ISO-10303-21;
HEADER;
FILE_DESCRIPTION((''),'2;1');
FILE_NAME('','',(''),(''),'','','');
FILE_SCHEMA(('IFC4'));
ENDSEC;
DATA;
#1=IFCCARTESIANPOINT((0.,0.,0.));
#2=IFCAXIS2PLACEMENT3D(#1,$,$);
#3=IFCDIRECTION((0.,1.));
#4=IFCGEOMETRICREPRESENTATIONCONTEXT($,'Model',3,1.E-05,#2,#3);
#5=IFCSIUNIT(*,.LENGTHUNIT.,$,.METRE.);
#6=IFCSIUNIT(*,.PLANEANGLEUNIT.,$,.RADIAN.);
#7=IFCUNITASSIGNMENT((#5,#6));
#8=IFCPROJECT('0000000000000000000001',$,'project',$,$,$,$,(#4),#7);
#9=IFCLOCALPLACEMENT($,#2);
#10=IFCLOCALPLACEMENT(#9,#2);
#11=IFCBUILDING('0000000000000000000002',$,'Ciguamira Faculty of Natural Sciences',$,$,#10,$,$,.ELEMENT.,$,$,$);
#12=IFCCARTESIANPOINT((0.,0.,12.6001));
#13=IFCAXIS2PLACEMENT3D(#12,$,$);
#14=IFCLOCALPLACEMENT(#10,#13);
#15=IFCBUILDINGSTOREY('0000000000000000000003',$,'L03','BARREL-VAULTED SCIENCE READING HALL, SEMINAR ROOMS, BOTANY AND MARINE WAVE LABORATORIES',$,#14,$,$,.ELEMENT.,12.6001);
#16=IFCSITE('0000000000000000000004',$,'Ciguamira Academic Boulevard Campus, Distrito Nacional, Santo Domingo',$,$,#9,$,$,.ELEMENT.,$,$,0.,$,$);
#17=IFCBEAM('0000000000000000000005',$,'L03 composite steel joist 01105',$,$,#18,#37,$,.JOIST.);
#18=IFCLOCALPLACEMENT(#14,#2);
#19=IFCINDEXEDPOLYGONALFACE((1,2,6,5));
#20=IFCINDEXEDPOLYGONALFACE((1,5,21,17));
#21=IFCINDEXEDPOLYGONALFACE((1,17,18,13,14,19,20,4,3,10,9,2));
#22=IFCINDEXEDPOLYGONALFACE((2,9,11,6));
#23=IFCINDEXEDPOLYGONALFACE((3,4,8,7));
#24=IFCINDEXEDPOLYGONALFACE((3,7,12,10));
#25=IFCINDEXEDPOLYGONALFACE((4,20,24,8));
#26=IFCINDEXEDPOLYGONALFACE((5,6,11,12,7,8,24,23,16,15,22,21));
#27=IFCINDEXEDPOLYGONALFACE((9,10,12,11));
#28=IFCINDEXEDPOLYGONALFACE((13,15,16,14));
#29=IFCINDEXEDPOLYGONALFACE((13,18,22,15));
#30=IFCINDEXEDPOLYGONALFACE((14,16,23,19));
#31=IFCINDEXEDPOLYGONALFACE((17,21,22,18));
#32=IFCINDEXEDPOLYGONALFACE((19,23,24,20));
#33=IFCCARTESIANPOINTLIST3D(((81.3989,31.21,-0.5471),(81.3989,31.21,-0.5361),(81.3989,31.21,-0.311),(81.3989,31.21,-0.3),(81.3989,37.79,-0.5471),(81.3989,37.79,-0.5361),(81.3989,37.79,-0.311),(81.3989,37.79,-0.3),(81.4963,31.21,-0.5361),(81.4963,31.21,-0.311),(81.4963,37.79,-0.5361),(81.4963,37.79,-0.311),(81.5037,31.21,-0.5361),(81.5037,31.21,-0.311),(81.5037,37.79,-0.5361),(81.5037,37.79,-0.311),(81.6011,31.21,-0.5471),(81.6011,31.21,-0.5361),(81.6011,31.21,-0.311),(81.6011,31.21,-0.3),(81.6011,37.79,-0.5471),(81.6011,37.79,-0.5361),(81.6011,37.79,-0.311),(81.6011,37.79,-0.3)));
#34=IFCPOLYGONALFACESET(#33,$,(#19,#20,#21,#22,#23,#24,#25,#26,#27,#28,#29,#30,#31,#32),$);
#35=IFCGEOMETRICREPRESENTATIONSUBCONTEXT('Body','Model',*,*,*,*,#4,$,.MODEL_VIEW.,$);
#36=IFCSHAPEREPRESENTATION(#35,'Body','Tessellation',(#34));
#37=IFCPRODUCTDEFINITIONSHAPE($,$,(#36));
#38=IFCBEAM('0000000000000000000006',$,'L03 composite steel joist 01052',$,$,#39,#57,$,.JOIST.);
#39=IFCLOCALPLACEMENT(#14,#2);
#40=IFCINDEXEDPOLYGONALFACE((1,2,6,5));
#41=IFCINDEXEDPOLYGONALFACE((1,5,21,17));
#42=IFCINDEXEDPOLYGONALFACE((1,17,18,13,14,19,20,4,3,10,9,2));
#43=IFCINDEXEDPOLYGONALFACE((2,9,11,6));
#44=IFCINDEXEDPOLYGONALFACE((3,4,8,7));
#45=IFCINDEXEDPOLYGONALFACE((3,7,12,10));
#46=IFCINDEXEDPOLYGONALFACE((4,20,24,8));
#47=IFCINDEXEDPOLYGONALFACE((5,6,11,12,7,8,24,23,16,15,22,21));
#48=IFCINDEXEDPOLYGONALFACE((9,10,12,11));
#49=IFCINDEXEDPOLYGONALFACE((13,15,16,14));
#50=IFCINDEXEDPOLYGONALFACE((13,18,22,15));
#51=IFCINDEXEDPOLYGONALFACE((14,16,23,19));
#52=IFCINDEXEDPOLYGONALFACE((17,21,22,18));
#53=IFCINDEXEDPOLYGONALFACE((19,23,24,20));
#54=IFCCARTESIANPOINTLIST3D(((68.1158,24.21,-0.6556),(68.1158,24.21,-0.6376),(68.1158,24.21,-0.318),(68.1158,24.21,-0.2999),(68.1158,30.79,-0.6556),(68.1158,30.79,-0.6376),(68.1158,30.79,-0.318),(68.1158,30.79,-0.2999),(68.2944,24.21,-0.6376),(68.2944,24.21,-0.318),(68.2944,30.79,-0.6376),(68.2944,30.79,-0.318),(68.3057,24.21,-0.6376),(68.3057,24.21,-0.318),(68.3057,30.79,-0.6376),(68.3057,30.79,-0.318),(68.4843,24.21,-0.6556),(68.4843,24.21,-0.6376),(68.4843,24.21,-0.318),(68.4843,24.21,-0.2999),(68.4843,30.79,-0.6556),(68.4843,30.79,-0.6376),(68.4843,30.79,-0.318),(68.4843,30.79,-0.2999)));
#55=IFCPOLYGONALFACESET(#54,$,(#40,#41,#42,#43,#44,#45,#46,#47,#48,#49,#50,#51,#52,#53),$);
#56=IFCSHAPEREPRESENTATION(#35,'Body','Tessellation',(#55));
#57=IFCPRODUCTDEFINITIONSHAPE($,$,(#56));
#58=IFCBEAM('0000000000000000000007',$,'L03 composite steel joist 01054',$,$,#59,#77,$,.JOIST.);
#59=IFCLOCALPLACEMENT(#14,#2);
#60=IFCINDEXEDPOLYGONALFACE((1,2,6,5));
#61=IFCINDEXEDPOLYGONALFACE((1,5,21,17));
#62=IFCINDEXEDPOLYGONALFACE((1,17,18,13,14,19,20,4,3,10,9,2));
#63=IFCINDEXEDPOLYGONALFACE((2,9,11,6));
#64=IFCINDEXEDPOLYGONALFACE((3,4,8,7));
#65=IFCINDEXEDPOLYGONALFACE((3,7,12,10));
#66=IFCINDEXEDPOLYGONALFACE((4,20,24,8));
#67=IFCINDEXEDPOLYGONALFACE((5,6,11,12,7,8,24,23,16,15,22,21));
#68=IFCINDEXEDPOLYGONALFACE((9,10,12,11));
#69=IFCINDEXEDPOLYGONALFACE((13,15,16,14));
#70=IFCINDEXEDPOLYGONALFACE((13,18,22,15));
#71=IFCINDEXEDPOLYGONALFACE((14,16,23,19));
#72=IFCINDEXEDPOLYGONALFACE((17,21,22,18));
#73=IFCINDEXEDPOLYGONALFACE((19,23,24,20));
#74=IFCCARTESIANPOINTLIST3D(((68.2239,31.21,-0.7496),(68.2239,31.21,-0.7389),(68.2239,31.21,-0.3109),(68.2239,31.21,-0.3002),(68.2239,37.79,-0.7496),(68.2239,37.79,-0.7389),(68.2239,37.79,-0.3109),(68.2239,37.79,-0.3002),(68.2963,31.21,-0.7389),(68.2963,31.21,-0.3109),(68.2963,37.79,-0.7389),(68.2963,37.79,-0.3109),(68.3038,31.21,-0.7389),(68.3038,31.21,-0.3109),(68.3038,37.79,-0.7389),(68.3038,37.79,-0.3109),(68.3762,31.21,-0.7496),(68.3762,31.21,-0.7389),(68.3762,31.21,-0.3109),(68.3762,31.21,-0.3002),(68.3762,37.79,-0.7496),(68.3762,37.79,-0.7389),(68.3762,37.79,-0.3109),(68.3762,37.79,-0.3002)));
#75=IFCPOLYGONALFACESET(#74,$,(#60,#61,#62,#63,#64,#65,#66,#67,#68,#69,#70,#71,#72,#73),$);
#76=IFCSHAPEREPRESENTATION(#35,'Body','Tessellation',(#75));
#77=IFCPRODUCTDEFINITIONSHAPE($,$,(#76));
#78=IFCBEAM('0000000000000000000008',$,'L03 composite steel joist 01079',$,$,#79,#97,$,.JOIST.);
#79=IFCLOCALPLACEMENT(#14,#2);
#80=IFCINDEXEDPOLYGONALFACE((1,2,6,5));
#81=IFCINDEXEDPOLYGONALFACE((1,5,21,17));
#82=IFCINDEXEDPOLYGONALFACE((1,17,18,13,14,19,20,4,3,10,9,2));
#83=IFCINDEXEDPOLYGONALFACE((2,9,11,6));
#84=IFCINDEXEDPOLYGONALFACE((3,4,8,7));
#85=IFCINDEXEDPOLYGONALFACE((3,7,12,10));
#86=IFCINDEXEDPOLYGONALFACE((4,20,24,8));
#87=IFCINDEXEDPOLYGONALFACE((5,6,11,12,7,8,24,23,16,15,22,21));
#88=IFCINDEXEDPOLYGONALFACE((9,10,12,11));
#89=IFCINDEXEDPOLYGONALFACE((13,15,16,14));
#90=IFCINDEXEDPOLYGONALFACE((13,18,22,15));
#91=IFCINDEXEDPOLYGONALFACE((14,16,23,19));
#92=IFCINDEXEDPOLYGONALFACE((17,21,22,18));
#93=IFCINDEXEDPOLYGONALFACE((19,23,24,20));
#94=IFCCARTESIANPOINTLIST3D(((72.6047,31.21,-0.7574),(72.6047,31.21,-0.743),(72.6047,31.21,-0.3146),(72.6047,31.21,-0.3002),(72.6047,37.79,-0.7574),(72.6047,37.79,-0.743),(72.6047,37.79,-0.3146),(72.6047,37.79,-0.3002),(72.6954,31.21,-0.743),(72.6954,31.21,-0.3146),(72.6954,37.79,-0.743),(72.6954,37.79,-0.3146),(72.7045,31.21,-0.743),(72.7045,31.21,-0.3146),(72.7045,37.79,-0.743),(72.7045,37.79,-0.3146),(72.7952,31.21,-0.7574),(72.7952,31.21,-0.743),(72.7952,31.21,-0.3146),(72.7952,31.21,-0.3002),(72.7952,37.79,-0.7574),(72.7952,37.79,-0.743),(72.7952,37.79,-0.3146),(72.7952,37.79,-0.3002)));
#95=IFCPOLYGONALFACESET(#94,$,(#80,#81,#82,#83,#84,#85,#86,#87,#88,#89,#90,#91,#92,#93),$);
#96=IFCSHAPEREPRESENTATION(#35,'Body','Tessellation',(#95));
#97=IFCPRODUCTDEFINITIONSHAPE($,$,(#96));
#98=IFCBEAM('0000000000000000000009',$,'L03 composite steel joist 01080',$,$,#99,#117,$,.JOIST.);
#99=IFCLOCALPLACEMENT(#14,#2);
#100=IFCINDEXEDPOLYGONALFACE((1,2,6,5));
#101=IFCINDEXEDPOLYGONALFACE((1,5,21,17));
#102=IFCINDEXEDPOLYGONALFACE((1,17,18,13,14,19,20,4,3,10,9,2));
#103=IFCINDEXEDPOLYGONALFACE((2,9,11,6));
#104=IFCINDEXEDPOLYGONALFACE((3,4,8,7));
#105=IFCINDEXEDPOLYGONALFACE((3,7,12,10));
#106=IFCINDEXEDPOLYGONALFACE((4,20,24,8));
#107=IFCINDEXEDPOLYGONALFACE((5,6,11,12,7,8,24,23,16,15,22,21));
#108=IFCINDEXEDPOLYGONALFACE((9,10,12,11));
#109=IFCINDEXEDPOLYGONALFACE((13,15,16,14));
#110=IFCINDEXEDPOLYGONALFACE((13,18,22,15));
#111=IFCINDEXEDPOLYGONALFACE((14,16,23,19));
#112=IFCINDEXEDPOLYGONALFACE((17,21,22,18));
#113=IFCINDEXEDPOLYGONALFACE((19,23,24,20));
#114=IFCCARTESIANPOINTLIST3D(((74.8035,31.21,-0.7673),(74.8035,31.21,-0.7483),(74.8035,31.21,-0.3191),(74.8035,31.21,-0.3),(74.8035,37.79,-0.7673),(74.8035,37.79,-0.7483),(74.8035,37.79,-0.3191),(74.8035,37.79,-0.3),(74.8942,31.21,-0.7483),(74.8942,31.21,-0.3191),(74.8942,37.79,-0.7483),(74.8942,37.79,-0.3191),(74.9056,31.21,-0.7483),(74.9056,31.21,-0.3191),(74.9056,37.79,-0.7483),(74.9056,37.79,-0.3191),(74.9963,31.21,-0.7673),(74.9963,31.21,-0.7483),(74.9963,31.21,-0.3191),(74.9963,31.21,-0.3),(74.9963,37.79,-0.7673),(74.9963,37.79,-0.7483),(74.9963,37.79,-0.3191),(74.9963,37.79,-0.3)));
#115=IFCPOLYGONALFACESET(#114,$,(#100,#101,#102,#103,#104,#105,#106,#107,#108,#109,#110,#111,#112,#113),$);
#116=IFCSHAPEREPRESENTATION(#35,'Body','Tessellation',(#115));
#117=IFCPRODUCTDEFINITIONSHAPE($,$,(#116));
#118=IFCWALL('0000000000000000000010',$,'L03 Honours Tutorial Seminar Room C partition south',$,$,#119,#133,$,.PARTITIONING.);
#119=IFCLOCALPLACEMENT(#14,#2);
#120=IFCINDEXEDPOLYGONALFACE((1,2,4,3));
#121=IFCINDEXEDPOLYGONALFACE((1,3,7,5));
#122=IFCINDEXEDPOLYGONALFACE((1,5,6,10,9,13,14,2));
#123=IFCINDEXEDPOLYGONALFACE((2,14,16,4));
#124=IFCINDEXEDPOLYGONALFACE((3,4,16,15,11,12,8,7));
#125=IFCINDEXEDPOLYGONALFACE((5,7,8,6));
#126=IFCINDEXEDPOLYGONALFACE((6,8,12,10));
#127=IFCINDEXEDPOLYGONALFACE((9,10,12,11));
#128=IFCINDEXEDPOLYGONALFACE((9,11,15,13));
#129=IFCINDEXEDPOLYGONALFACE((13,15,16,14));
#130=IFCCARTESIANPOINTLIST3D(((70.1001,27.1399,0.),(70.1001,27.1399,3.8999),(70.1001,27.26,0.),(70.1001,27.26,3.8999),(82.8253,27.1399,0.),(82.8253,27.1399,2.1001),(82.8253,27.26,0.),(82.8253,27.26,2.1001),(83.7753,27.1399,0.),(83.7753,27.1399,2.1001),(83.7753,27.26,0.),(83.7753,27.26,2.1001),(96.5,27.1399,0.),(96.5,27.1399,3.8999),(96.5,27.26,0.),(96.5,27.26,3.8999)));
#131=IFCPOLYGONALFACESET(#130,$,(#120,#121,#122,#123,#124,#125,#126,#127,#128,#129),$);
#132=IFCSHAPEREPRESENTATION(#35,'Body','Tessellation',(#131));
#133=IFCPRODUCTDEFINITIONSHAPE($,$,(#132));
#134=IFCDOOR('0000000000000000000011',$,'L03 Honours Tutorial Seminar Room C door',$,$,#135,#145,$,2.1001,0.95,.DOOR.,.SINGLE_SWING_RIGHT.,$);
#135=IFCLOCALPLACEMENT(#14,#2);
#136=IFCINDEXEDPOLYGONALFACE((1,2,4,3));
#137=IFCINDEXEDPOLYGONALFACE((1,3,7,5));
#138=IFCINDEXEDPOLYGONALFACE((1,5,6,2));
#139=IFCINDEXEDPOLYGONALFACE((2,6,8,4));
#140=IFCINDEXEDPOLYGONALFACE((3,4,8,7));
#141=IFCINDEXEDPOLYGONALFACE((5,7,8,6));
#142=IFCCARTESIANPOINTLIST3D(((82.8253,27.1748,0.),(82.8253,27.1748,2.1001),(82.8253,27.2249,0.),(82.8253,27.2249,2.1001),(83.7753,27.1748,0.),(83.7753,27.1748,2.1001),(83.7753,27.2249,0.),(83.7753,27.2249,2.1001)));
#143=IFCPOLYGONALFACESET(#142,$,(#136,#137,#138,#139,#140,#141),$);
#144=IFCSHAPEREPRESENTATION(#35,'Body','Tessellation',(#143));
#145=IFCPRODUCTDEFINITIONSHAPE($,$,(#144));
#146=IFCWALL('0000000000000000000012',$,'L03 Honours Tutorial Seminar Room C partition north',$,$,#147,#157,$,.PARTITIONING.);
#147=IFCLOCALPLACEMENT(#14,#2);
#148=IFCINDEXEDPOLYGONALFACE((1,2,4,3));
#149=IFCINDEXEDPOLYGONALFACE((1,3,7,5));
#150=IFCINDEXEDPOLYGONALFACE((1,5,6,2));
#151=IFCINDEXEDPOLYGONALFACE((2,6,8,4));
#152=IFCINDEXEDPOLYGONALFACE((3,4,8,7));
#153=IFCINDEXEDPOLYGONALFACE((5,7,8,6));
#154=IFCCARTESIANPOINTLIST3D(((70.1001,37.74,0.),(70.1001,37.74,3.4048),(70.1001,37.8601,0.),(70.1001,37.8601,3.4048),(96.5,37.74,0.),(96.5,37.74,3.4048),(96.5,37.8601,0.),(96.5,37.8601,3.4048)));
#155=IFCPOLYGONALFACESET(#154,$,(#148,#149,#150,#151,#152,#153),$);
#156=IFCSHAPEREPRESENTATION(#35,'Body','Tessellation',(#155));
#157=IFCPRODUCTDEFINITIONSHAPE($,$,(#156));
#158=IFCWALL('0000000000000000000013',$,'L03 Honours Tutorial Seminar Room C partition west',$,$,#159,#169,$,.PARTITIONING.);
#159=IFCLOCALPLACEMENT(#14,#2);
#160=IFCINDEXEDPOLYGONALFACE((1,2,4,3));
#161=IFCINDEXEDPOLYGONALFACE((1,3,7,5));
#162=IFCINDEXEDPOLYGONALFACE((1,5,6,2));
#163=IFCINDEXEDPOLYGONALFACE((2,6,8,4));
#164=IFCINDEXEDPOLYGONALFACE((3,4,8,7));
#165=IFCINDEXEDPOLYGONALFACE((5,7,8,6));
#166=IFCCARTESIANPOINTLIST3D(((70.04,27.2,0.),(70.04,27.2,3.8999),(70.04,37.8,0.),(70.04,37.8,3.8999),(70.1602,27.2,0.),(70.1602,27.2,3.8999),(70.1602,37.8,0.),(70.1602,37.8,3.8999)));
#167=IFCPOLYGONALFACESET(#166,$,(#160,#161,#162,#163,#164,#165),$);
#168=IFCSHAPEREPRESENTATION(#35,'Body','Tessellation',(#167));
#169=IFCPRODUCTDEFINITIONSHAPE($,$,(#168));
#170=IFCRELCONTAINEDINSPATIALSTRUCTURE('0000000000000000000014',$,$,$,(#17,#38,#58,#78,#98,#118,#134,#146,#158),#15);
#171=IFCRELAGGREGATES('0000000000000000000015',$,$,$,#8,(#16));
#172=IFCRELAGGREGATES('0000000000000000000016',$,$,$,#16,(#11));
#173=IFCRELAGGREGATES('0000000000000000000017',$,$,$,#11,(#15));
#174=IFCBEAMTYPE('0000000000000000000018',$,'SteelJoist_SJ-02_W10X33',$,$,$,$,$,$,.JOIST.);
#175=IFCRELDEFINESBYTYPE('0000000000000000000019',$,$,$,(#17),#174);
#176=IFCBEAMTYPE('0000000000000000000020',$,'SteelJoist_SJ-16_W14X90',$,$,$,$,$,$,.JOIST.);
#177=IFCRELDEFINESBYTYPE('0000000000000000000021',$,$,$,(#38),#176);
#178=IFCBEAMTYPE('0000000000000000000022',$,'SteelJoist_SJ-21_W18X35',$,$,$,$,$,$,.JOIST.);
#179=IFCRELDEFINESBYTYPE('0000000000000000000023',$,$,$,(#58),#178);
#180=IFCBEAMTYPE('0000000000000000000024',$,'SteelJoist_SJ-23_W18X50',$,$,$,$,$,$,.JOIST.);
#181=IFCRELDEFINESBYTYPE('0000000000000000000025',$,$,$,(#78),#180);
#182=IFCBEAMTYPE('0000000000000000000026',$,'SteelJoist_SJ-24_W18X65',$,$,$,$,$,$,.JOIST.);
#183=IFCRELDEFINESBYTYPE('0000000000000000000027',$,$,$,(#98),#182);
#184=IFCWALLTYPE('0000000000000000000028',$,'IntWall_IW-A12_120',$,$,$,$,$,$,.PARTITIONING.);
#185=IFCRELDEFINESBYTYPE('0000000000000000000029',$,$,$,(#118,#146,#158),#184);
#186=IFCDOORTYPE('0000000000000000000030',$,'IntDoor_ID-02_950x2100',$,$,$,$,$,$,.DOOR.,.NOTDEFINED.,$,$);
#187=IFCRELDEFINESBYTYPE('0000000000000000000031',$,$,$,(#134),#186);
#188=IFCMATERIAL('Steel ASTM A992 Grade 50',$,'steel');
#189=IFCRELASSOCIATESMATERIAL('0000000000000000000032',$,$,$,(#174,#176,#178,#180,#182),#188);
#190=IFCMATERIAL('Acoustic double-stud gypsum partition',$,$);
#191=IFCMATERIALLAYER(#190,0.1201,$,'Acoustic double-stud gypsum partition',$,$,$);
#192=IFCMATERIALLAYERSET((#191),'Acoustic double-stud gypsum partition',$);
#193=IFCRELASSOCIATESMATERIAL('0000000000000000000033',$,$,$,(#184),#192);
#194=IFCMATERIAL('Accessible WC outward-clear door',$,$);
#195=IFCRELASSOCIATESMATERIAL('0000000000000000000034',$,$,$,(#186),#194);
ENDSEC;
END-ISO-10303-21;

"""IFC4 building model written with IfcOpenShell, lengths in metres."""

from ifc_helpers import new_model, si_unit, direction, frame, frame_2d, origin, origin_2d, place, context, subcontext, project, spatial, rectangle, i_section, extrude, material, layer, layer_set, material_profile, profile_set, type_object, element, fill, save


model = new_model("IFC4")

# Units and contexts
model_context = context("Model", 3, precision=1e-05, world=origin(), true_north=direction((0.0, 1.0)))
body_context = subcontext(model_context, "Body", "Model", "MODEL_VIEW")
ifc_project = project(units=[si_unit("LENGTHUNIT", "METRE"), si_unit("PLANEANGLEUNIT", "RADIAN")], contexts=[model_context])

# Site, building, storey
site_placement = place(None, origin())
site = spatial("IfcSite", under=ifc_project, at=site_placement, Name="Ciguamira Academic Boulevard Campus, Distrito Nacional, Santo Domingo", CompositionType="ELEMENT", RefElevation=0.0)
building_placement = place(site_placement, origin())
building = spatial("IfcBuilding", under=site, at=building_placement, Name="Ciguamira Faculty of Natural Sciences", CompositionType="ELEMENT")
storey_placement = place(building_placement, frame((0.0, 0.0, 12.6001)))
storey = spatial("IfcBuildingStorey", under=building, at=storey_placement, Name="L03", Description="BARREL-VAULTED SCIENCE READING HALL, SEMINAR ROOMS, BOTANY AND MARINE WAVE LABORATORIES", CompositionType="ELEMENT", Elevation=12.6001)

# Beams
ifc_material_1 = material(Name="Steel ASTM A992 Grade 50", Category="steel")
ifc_material_profile_1 = material_profile(ifc_material_1, i_section(OverallWidth=0.2021, OverallDepth=0.2471, WebThickness=0.0073, FlangeThickness=0.011, at=origin_2d()), Name="W10X33")
ifc_profile_set_1 = profile_set([ifc_material_profile_1], Name="Steel ASTM A992 Grade 50")
beam_type_1 = type_object("IfcBeamType", Name="SteelJoist_SJ-02_W10X33", PredefinedType="JOIST", material=ifc_profile_set_1)
beam_1_placement = place(storey_placement, frame((81.5, 31.21, -0.4236), z_axis=(0.0, 1.0, 0.0), x_axis=(-1.0, 0.0, 0.0)))
element("IfcBeam", 1, at=beam_1_placement, inside=storey, type_object=beam_type_1, Name="L03 composite steel joist 01105", PredefinedType="JOIST", context=body_context, shape_type="SweptSolid", body=[
    extrude(i_section(OverallWidth=0.2021, OverallDepth=0.2471, WebThickness=0.0073, FlangeThickness=0.011, at=origin_2d()), origin(), (0.0, 0.0, 1.0), 6.5801),
])
ifc_material_profile_2 = material_profile(ifc_material_1, i_section(OverallWidth=0.3684, OverallDepth=0.3557, WebThickness=0.0112, FlangeThickness=0.0181, at=origin_2d()), Name="W14X90")
ifc_profile_set_2 = profile_set([ifc_material_profile_2], Name="Steel ASTM A992 Grade 50")
beam_type_2 = type_object("IfcBeamType", Name="SteelJoist_SJ-16_W14X90", PredefinedType="JOIST", material=ifc_profile_set_2)
beam_2_placement = place(storey_placement, frame((68.3, 24.21, -0.4778), z_axis=(0.0, 1.0, 0.0), x_axis=(-1.0, 0.0, 0.0)))
element("IfcBeam", 2, at=beam_2_placement, inside=storey, type_object=beam_type_2, Name="L03 composite steel joist 01052", PredefinedType="JOIST", context=body_context, shape_type="SweptSolid", body=[
    extrude(i_section(OverallWidth=0.3684, OverallDepth=0.3557, WebThickness=0.0112, FlangeThickness=0.0181, at=origin_2d()), origin(), (0.0, 0.0, 1.0), 6.5801),
])
ifc_material_profile_3 = material_profile(ifc_material_1, i_section(OverallWidth=0.1523, OverallDepth=0.4495, WebThickness=0.0076, FlangeThickness=0.0107, at=origin_2d()), Name="W18X35")
ifc_profile_set_3 = profile_set([ifc_material_profile_3], Name="Steel ASTM A992 Grade 50")
beam_type_3 = type_object("IfcBeamType", Name="SteelJoist_SJ-21_W18X35", PredefinedType="JOIST", material=ifc_profile_set_3)
beam_3_placement = place(storey_placement, frame((68.3, 31.21, -0.5249), z_axis=(0.0, 1.0, 0.0), x_axis=(-1.0, 0.0, 0.0)))
element("IfcBeam", 3, at=beam_3_placement, inside=storey, type_object=beam_type_3, Name="L03 composite steel joist 01054", PredefinedType="JOIST", context=body_context, shape_type="SweptSolid", body=[
    extrude(i_section(OverallWidth=0.1523, OverallDepth=0.4495, WebThickness=0.0076, FlangeThickness=0.0107, at=origin_2d()), origin(), (0.0, 0.0, 1.0), 6.5801),
])
ifc_material_profile_4 = material_profile(ifc_material_1, i_section(OverallWidth=0.1904, OverallDepth=0.4573, WebThickness=0.009, FlangeThickness=0.0144, at=origin_2d()), Name="W18X50")
ifc_profile_set_4 = profile_set([ifc_material_profile_4], Name="Steel ASTM A992 Grade 50")
beam_type_4 = type_object("IfcBeamType", Name="SteelJoist_SJ-23_W18X50", PredefinedType="JOIST", material=ifc_profile_set_4)
beam_4_placement = place(storey_placement, frame((72.7, 31.21, -0.5288), z_axis=(0.0, 1.0, 0.0), x_axis=(-1.0, 0.0, 0.0)))
element("IfcBeam", 4, at=beam_4_placement, inside=storey, type_object=beam_type_4, Name="L03 composite steel joist 01079", PredefinedType="JOIST", context=body_context, shape_type="SweptSolid", body=[
    extrude(i_section(OverallWidth=0.1904, OverallDepth=0.4573, WebThickness=0.009, FlangeThickness=0.0144, at=origin_2d()), origin(), (0.0, 0.0, 1.0), 6.5801),
])
ifc_material_profile_5 = material_profile(ifc_material_1, i_section(OverallWidth=0.1929, OverallDepth=0.4673, WebThickness=0.0115, FlangeThickness=0.019, at=origin_2d()), Name="W18X65")
ifc_profile_set_5 = profile_set([ifc_material_profile_5], Name="Steel ASTM A992 Grade 50")
beam_type_5 = type_object("IfcBeamType", Name="SteelJoist_SJ-24_W18X65", PredefinedType="JOIST", material=ifc_profile_set_5)
beam_5_placement = place(storey_placement, frame((74.8999, 31.21, -0.5337), z_axis=(0.0, 1.0, 0.0), x_axis=(-1.0, 0.0, 0.0)))
element("IfcBeam", 5, at=beam_5_placement, inside=storey, type_object=beam_type_5, Name="L03 composite steel joist 01080", PredefinedType="JOIST", context=body_context, shape_type="SweptSolid", body=[
    extrude(i_section(OverallWidth=0.1929, OverallDepth=0.4673, WebThickness=0.0115, FlangeThickness=0.019, at=origin_2d()), origin(), (0.0, 0.0, 1.0), 6.5801),
])

# Wall, opening, door
ifc_material_2 = material(Name="Acoustic double-stud gypsum partition")
ifc_layer = layer(ifc_material_2, 0.1201, Name="Acoustic double-stud gypsum partition")
ifc_layer_set = layer_set([ifc_layer], Name="Acoustic double-stud gypsum partition")
wall_type = type_object("IfcWallType", Name="IntWall_IW-A12_120", PredefinedType="PARTITIONING", material=ifc_layer_set)
wall_1_placement = place(storey_placement, frame((70.1001, 27.2, 0.0), z_axis=(0.0, 0.0, 1.0), x_axis=(1.0, 0.0, 0.0)))
wall_1 = element("IfcWall", 6, at=wall_1_placement, inside=storey, type_object=wall_type, Name="L03 Honours Tutorial Seminar Room C partition south", PredefinedType="PARTITIONING", context=body_context, shape_type="SweptSolid", body=[
    extrude(rectangle(XDim=26.3999, YDim=0.1201, at=frame_2d((13.2, 0.0))), origin(), (0.0, 0.0, 1.0), 3.8999),
])
opening_placement = place(wall_1_placement, frame((12.7251, 0.0, 0.0)))
opening = element("IfcOpeningElement", 7, at=opening_placement, cuts=wall_1, PredefinedType="OPENING", context=body_context, shape_type="SweptSolid", body=[
    extrude(rectangle(XDim=0.95, YDim=2.1001, at=frame_2d((0.4751, 1.05))), frame((0.0, 0.0701, 0.0), z_axis=(0.0, -1.0, 0.0), x_axis=(1.0, 0.0, 0.0)), (0.0, 0.0, 1.0), 0.1401),
])
ifc_material_3 = material(Name="Accessible WC outward-clear door")
door_type = type_object("IfcDoorType", Name="IntDoor_ID-02_950x2100", OperationType="NOTDEFINED", PredefinedType="DOOR", material=ifc_material_3)
door_placement = place(opening_placement, origin())
door = element("IfcDoor", 8, at=door_placement, inside=storey, type_object=door_type, Name="L03 Honours Tutorial Seminar Room C door", OperationType="SINGLE_SWING_RIGHT", OverallHeight=2.1001, OverallWidth=0.95, PredefinedType="DOOR", context=body_context, shape_type="SweptSolid", body=[
    extrude(rectangle(XDim=0.95, YDim=2.1001, at=frame_2d((0.4751, 1.05))), frame((0.0, 0.0249, 0.0), z_axis=(0.0, -1.0, 0.0), x_axis=(1.0, 0.0, 0.0)), (0.0, 0.0, 1.0), 0.05),
])
fill(opening, door)

# Walls
wall_2_placement = place(storey_placement, frame((70.1001, 37.8, 0.0), z_axis=(0.0, 0.0, 1.0), x_axis=(1.0, 0.0, 0.0)))
element("IfcWall", 9, at=wall_2_placement, inside=storey, type_object=wall_type, Name="L03 Honours Tutorial Seminar Room C partition north", PredefinedType="PARTITIONING", context=body_context, shape_type="SweptSolid", body=[
    extrude(rectangle(XDim=26.3999, YDim=0.1201, at=frame_2d((13.2, 0.0))), origin(), (0.0, 0.0, 1.0), 3.4048),
])
wall_3_placement = place(storey_placement, frame((70.1001, 27.2, 0.0), z_axis=(0.0, 0.0, 1.0), x_axis=(0.0, 1.0, 0.0)))
element("IfcWall", 10, at=wall_3_placement, inside=storey, type_object=wall_type, Name="L03 Honours Tutorial Seminar Room C partition west", PredefinedType="PARTITIONING", context=body_context, shape_type="SweptSolid", body=[
    extrude(rectangle(XDim=10.6001, YDim=0.1201, at=frame_2d((5.3, 0.0))), origin(), (0.0, 0.0, 1.0), 3.8999),
])

save(model, "model.ifc")
